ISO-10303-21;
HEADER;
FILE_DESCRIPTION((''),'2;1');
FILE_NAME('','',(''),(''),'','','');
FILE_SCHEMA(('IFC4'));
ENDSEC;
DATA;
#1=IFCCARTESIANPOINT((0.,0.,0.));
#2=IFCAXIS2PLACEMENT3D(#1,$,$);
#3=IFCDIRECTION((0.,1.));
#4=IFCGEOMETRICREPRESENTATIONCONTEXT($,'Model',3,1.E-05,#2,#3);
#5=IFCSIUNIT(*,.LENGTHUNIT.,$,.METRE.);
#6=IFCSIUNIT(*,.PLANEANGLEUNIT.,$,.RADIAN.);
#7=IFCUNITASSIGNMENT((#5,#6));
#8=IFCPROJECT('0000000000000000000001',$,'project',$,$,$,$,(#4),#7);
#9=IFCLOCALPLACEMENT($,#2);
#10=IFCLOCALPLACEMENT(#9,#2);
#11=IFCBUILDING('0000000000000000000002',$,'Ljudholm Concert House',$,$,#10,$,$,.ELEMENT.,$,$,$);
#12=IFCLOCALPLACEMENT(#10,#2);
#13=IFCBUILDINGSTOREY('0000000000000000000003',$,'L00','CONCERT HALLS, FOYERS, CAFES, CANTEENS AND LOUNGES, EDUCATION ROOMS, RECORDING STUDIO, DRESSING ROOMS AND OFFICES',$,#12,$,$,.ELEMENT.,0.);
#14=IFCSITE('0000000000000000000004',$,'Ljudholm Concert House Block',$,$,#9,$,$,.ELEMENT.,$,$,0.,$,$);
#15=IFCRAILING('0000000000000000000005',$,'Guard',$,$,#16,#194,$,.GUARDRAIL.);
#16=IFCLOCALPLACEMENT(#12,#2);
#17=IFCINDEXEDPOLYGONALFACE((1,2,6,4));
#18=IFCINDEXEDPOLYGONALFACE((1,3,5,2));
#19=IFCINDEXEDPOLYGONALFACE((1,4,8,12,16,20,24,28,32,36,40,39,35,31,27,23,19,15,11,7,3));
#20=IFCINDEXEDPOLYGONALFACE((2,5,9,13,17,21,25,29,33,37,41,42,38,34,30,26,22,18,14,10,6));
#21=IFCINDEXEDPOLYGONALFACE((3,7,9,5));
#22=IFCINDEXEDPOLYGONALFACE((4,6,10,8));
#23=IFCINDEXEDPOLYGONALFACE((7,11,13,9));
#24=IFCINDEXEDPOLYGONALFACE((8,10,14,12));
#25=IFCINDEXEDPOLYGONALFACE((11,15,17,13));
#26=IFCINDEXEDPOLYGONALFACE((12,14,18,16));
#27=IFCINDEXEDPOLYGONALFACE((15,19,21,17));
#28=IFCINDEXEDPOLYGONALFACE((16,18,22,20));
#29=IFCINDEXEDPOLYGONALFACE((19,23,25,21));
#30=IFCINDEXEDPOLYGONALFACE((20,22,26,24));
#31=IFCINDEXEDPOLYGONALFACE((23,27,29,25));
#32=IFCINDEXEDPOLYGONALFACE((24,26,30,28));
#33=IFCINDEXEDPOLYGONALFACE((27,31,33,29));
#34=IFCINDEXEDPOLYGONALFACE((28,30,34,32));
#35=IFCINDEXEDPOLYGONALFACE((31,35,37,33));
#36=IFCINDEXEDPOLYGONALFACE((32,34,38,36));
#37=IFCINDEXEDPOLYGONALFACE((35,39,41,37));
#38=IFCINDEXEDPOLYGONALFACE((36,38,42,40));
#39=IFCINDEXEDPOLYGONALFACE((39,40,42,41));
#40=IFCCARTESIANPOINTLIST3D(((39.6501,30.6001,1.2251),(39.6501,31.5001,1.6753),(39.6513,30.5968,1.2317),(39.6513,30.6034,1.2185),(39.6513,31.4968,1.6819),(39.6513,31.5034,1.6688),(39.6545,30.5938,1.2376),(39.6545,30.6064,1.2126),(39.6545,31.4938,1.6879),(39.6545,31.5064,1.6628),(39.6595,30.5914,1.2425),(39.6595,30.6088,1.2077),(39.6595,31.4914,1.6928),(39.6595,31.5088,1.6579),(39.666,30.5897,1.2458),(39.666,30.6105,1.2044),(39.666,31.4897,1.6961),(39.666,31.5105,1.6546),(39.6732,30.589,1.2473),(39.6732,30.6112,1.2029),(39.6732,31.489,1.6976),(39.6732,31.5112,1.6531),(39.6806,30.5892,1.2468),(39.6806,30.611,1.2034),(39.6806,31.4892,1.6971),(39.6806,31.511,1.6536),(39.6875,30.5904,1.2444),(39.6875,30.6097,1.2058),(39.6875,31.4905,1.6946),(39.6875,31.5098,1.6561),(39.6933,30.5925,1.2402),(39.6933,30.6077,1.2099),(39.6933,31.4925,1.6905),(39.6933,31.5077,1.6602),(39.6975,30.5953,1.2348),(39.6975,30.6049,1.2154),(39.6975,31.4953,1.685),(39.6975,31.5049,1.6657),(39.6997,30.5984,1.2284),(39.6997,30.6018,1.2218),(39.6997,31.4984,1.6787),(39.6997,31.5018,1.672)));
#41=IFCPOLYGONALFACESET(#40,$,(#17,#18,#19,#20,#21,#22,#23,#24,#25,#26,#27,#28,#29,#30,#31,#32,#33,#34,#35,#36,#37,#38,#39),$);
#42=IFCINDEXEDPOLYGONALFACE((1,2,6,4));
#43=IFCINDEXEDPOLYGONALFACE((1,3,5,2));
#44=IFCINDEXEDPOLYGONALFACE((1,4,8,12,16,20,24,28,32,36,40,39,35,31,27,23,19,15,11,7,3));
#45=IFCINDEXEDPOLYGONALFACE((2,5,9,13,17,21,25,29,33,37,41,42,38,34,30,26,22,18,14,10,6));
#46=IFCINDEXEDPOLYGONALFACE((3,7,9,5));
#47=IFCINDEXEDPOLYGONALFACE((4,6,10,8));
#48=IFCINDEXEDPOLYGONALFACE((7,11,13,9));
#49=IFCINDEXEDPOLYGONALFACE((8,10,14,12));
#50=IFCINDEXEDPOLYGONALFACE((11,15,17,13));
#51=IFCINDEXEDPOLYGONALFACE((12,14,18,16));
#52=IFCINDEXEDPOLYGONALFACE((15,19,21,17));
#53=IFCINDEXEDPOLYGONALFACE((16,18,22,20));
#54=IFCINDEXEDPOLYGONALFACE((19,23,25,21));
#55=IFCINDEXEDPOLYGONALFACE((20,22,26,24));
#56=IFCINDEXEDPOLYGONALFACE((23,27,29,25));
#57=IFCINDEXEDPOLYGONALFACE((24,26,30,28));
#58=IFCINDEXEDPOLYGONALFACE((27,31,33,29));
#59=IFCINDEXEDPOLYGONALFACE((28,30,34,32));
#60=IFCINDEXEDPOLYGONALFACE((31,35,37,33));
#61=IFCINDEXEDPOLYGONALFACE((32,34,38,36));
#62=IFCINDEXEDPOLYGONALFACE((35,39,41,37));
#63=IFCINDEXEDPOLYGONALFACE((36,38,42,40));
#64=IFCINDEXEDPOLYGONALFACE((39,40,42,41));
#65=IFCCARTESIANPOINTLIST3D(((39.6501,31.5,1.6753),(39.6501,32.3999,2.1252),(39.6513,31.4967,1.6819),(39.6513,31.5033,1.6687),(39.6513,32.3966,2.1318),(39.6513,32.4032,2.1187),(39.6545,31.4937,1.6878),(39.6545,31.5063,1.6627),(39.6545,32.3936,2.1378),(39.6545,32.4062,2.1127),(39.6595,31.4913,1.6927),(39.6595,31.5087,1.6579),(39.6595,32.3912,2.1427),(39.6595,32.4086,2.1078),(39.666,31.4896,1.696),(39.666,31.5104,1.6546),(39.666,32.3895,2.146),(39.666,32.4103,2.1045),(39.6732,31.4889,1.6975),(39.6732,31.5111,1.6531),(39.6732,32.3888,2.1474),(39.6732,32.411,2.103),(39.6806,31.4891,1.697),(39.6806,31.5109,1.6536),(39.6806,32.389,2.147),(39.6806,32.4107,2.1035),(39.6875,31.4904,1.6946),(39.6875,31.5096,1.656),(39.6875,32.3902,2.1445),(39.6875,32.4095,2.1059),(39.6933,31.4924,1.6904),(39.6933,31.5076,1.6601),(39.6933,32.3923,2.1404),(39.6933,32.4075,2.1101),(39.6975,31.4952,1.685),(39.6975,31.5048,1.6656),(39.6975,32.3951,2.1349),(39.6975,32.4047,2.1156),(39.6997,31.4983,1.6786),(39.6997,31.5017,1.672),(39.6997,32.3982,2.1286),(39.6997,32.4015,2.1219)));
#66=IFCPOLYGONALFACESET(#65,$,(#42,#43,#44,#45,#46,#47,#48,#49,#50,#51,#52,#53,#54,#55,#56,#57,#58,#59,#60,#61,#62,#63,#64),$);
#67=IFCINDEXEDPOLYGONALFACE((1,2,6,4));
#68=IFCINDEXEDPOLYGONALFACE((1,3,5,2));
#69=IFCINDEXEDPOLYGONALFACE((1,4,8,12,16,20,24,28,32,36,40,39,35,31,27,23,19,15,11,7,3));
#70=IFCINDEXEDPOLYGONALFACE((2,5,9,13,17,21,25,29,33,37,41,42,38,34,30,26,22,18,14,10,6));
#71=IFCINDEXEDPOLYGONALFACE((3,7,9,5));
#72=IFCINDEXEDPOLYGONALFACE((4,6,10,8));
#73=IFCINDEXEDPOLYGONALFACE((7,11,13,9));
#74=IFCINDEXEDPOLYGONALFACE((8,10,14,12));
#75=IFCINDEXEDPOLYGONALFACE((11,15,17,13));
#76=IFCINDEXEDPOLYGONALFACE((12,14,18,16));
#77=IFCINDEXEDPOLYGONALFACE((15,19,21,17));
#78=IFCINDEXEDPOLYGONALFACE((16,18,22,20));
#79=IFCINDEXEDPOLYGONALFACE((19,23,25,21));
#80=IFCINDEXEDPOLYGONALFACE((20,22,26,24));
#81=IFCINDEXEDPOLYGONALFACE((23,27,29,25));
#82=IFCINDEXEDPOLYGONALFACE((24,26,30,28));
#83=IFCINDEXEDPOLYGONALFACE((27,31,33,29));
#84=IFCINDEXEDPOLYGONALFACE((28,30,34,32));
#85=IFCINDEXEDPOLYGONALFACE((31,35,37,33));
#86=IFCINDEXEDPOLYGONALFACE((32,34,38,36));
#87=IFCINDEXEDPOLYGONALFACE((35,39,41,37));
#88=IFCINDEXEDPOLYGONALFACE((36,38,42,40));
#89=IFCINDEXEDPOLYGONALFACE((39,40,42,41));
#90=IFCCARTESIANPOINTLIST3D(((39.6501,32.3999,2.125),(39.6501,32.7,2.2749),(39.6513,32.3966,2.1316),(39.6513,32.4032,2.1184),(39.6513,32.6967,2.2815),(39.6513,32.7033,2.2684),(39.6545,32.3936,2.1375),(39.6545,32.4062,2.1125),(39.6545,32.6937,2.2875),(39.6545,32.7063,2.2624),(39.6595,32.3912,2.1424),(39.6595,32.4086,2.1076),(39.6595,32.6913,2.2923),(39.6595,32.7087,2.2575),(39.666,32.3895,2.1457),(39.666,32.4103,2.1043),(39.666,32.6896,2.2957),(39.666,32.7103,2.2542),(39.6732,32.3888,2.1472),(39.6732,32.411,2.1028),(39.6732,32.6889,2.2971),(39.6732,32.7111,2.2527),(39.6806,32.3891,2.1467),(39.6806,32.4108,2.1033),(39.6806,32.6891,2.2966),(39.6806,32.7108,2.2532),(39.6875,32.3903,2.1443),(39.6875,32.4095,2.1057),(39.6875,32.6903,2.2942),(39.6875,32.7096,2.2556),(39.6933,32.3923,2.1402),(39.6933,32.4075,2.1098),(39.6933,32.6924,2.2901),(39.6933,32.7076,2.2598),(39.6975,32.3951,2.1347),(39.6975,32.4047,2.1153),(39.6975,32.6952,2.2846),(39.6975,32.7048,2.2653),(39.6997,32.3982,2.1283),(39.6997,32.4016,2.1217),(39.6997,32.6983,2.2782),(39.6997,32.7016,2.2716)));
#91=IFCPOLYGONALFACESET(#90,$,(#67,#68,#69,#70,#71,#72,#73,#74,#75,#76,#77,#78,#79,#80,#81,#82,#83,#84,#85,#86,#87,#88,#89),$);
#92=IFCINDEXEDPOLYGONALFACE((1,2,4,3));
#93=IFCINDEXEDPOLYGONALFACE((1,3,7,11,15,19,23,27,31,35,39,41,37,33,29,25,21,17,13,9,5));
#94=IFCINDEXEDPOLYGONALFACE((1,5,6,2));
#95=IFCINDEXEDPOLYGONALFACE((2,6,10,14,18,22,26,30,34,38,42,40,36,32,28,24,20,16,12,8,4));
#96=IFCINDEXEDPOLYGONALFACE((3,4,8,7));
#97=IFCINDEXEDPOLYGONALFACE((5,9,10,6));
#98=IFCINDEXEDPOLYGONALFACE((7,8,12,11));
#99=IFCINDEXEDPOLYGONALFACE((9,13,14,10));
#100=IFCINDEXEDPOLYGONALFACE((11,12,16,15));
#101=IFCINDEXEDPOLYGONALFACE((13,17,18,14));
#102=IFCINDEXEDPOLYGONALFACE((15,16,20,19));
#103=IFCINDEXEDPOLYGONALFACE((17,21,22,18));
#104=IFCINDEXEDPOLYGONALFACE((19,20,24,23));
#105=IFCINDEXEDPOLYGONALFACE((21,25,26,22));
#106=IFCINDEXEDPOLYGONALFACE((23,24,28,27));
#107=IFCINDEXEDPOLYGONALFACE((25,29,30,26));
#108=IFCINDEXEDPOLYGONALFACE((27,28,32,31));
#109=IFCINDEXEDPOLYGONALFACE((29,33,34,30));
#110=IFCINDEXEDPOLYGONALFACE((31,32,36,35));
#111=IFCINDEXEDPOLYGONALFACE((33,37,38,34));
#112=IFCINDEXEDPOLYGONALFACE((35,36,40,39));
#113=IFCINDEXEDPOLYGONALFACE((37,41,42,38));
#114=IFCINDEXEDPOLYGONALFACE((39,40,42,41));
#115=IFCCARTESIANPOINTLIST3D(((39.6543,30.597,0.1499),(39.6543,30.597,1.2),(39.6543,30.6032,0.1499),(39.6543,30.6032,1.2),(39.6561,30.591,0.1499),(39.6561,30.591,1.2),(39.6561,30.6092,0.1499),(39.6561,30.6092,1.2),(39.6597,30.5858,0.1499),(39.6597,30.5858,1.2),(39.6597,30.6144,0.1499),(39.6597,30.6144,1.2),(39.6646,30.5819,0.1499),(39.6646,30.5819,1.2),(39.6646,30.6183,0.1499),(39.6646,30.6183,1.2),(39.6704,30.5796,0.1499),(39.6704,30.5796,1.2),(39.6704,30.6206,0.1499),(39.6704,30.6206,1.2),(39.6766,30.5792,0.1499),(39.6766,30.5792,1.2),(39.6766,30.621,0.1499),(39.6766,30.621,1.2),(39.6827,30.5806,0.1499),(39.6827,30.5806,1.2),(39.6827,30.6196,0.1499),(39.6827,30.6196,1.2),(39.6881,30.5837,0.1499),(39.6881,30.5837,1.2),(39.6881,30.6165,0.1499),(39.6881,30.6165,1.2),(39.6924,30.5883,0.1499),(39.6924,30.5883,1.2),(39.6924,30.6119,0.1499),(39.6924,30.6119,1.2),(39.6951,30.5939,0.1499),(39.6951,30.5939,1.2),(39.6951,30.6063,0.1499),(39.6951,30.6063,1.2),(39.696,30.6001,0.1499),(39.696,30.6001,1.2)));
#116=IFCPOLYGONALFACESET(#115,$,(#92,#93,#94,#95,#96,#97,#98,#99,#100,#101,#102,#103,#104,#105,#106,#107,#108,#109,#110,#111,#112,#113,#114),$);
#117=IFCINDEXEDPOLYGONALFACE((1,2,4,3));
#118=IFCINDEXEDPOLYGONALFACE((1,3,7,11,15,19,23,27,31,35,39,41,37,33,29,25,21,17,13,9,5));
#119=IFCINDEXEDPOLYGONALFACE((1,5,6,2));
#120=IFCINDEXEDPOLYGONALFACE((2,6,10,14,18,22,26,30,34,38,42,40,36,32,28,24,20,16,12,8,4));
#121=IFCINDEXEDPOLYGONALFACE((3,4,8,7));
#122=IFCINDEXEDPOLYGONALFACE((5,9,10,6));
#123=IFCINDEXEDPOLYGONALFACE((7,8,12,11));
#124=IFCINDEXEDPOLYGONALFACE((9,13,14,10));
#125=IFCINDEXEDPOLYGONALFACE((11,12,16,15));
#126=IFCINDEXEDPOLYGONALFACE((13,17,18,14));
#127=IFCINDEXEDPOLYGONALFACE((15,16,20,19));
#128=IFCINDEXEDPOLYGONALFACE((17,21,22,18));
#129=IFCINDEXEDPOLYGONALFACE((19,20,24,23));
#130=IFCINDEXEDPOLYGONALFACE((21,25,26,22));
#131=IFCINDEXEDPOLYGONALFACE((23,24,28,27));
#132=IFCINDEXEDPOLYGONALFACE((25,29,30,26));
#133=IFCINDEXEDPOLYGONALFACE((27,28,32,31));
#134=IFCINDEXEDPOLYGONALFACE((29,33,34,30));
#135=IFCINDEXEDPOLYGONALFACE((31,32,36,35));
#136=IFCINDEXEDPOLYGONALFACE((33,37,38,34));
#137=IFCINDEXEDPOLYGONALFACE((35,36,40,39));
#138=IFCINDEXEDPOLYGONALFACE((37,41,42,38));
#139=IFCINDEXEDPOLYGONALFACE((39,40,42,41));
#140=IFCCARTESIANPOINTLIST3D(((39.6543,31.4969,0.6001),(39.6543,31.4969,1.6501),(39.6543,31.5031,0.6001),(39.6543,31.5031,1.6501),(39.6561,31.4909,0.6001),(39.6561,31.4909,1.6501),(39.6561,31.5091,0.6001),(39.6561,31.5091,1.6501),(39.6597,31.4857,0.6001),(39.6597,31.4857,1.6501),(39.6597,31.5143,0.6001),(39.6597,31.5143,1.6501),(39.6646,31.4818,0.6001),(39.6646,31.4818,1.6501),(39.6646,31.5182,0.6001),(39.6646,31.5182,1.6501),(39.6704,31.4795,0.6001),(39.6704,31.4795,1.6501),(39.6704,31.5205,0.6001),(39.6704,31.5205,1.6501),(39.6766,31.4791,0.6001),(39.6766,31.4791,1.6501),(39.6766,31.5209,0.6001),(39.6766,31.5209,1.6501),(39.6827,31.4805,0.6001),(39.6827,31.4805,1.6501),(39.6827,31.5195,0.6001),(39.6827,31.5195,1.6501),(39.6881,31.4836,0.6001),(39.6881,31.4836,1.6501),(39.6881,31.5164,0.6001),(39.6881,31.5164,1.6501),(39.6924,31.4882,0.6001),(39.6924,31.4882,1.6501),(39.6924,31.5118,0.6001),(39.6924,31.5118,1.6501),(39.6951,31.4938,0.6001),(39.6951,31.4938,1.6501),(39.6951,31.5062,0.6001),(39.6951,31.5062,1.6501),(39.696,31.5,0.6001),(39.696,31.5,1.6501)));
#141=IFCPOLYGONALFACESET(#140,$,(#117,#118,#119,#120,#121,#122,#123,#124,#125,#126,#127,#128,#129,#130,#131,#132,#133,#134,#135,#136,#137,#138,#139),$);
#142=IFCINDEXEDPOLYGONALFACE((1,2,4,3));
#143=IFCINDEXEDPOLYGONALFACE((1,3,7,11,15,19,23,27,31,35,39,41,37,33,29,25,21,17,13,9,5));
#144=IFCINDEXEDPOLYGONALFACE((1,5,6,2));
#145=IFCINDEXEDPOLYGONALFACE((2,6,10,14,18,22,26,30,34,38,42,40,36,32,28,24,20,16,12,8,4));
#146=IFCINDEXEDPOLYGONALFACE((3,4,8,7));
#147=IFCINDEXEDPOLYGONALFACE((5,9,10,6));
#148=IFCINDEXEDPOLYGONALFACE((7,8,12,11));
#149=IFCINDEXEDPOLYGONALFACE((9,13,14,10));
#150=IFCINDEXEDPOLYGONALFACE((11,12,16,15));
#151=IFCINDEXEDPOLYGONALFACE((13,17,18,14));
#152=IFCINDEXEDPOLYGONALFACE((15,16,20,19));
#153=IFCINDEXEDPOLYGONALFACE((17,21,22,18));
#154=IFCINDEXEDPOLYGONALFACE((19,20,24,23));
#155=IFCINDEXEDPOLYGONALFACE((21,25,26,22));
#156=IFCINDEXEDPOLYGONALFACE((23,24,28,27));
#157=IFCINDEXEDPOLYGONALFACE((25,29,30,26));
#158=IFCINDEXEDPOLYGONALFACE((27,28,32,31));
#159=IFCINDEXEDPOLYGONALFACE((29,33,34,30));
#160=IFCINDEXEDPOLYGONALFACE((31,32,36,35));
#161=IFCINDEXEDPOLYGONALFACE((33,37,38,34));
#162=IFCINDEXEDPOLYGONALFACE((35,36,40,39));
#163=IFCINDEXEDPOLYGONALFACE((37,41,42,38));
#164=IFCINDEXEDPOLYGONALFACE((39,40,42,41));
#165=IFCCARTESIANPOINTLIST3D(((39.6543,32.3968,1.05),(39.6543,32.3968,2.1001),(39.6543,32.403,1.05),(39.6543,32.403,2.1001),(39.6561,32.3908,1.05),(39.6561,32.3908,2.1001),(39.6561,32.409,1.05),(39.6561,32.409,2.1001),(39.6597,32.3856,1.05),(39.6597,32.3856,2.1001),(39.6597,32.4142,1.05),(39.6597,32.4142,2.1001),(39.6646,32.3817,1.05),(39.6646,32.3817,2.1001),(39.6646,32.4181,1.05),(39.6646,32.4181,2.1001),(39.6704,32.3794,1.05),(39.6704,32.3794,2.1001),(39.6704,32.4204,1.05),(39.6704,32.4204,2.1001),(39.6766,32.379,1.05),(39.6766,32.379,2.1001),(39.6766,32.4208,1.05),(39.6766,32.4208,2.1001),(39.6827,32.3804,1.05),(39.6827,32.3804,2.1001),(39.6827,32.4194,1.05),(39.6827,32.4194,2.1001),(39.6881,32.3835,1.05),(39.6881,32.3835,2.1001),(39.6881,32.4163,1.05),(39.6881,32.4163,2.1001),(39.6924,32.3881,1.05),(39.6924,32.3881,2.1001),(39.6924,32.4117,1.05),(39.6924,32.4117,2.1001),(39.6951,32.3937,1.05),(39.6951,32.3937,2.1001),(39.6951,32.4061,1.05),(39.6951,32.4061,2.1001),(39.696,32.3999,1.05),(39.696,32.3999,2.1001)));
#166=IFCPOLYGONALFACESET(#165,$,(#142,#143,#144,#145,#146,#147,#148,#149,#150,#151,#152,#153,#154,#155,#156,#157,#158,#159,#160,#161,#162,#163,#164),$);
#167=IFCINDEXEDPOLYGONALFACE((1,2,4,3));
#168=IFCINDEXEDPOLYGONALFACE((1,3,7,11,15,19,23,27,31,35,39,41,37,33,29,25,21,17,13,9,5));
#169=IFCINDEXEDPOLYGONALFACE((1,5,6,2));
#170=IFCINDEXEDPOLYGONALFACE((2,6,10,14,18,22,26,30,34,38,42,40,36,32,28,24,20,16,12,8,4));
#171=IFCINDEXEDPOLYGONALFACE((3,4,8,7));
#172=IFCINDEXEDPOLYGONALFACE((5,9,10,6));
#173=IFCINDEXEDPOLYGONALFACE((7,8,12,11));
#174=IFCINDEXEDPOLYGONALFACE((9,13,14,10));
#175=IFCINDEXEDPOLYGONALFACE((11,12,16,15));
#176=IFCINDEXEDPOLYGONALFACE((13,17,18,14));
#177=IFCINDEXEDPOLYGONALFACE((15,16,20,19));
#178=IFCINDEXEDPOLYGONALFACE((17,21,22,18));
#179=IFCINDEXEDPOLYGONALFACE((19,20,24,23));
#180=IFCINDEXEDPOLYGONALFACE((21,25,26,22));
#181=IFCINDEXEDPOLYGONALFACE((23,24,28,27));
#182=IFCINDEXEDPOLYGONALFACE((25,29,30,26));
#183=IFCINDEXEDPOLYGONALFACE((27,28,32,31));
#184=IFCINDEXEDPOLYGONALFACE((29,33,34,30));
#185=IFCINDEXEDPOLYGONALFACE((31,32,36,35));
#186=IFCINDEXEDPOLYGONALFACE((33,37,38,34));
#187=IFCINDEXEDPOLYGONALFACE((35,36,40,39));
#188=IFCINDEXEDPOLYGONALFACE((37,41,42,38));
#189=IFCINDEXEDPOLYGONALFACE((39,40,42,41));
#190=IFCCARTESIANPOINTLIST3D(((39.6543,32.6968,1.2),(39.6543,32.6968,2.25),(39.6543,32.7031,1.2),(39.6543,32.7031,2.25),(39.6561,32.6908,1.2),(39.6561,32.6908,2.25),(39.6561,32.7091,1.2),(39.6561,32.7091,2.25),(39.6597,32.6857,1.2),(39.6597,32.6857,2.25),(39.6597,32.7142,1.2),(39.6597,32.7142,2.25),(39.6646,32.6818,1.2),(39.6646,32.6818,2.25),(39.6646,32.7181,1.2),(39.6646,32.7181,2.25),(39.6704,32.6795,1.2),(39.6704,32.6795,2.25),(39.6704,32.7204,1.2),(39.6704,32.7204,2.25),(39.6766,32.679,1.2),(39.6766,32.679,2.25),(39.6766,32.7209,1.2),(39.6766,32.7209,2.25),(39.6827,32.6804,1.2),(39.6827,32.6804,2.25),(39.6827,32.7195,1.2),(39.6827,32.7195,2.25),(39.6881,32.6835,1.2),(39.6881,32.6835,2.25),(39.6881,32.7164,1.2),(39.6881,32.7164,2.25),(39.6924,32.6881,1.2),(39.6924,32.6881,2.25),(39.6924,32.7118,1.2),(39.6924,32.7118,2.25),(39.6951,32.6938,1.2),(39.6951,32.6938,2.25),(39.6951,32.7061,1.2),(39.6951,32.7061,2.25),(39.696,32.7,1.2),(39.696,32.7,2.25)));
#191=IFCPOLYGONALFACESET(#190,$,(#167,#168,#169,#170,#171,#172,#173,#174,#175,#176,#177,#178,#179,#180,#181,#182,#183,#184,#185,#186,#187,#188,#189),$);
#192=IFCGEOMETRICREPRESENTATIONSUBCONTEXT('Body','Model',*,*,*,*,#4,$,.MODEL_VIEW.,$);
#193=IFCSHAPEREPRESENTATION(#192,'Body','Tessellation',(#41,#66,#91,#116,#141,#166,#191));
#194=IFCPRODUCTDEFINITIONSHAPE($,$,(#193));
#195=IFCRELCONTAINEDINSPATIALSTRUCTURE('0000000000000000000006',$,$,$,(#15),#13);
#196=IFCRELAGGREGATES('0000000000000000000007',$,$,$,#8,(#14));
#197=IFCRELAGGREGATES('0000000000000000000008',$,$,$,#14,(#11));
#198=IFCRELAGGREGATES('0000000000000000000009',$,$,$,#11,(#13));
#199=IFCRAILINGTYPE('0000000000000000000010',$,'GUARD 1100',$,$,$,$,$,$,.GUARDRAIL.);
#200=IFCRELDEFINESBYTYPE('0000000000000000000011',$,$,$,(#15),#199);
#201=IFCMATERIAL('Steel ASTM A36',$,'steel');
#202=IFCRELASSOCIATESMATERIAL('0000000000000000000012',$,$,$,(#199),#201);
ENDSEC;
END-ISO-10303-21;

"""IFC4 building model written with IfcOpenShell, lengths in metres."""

from ifc_helpers import new_model, si_unit, direction, frame, origin, origin_2d, place, context, subcontext, project, spatial, circle, extrude, material, type_object, element, save


model = new_model("IFC4")

# Units and contexts
model_context = context("Model", 3, precision=1e-05, world=origin(), true_north=direction((0.0, 1.0)))
body_context = subcontext(model_context, "Body", "Model", "MODEL_VIEW")
ifc_project = project(units=[si_unit("LENGTHUNIT", "METRE"), si_unit("PLANEANGLEUNIT", "RADIAN")], contexts=[model_context])

# Site, building, storey
site_placement = place(None, origin())
site = spatial("IfcSite", under=ifc_project, at=site_placement, Name="Ljudholm Concert House Block", CompositionType="ELEMENT", RefElevation=0.0)
building_placement = place(site_placement, origin())
building = spatial("IfcBuilding", under=site, at=building_placement, Name="Ljudholm Concert House", CompositionType="ELEMENT")
storey_placement = place(building_placement, origin())
storey = spatial("IfcBuildingStorey", under=building, at=storey_placement, Name="L00", Description="CONCERT HALLS, FOYERS, CAFES, CANTEENS AND LOUNGES, EDUCATION ROOMS, RECORDING STUDIO, DRESSING ROOMS AND OFFICES", CompositionType="ELEMENT", Elevation=0.0)

# Railing
ifc_material_1 = material(Name="Steel ASTM A36", Category="steel")
railing_type_1 = type_object("IfcRailingType", Name="GUARD 1100", PredefinedType="GUARDRAIL", material=ifc_material_1)
for number, where, name in (
    (1, (39.675, 30.6001, 0.1499), "Guard"),
):
    element("IfcRailing", number, at=place(storey_placement, frame(where)), inside=storey, type_object=railing_type_1, Name=name, PredefinedType="GUARDRAIL", context=body_context, shape_type="SweptSolid", body=[
        extrude(circle(Radius=0.0249, at=origin_2d()), frame((0.0, 0.0, 1.0752), z_axis=(0.0, 0.89433, 0.447408), x_axis=(-1.0, 0.0, 0.0)), (0.0, 0.0, 1.0), 1.0063),
        extrude(circle(Radius=0.0249, at=origin_2d()), frame((0.0, 0.8999, 1.5254), z_axis=(0.0, 0.894427, 0.447214), x_axis=(-1.0, 0.0, 0.0)), (0.0, 0.0, 1.0), 1.0061),
        extrude(circle(Radius=0.0249, at=origin_2d()), frame((0.0, 1.7998, 1.9751), z_axis=(0.0, 0.894573, 0.446922), x_axis=(-1.0, 0.0, 0.0)), (0.0, 0.0, 1.0), 0.3354),
        extrude(circle(Radius=0.021, at=origin_2d()), origin(), (0.0, 0.0, 1.0), 1.05),
        extrude(circle(Radius=0.021, at=origin_2d()), frame((0.0, 0.8999, 0.4502)), (0.0, 0.0, 1.0), 1.05),
        extrude(circle(Radius=0.021, at=origin_2d()), frame((0.0, 1.7998, 0.9001)), (0.0, 0.0, 1.0), 1.05),
        extrude(circle(Radius=0.021, at=origin_2d()), frame((0.0, 2.0999, 1.05)), (0.0, 0.0, 1.0), 1.05),
    ])

save(model, "model.ifc")
